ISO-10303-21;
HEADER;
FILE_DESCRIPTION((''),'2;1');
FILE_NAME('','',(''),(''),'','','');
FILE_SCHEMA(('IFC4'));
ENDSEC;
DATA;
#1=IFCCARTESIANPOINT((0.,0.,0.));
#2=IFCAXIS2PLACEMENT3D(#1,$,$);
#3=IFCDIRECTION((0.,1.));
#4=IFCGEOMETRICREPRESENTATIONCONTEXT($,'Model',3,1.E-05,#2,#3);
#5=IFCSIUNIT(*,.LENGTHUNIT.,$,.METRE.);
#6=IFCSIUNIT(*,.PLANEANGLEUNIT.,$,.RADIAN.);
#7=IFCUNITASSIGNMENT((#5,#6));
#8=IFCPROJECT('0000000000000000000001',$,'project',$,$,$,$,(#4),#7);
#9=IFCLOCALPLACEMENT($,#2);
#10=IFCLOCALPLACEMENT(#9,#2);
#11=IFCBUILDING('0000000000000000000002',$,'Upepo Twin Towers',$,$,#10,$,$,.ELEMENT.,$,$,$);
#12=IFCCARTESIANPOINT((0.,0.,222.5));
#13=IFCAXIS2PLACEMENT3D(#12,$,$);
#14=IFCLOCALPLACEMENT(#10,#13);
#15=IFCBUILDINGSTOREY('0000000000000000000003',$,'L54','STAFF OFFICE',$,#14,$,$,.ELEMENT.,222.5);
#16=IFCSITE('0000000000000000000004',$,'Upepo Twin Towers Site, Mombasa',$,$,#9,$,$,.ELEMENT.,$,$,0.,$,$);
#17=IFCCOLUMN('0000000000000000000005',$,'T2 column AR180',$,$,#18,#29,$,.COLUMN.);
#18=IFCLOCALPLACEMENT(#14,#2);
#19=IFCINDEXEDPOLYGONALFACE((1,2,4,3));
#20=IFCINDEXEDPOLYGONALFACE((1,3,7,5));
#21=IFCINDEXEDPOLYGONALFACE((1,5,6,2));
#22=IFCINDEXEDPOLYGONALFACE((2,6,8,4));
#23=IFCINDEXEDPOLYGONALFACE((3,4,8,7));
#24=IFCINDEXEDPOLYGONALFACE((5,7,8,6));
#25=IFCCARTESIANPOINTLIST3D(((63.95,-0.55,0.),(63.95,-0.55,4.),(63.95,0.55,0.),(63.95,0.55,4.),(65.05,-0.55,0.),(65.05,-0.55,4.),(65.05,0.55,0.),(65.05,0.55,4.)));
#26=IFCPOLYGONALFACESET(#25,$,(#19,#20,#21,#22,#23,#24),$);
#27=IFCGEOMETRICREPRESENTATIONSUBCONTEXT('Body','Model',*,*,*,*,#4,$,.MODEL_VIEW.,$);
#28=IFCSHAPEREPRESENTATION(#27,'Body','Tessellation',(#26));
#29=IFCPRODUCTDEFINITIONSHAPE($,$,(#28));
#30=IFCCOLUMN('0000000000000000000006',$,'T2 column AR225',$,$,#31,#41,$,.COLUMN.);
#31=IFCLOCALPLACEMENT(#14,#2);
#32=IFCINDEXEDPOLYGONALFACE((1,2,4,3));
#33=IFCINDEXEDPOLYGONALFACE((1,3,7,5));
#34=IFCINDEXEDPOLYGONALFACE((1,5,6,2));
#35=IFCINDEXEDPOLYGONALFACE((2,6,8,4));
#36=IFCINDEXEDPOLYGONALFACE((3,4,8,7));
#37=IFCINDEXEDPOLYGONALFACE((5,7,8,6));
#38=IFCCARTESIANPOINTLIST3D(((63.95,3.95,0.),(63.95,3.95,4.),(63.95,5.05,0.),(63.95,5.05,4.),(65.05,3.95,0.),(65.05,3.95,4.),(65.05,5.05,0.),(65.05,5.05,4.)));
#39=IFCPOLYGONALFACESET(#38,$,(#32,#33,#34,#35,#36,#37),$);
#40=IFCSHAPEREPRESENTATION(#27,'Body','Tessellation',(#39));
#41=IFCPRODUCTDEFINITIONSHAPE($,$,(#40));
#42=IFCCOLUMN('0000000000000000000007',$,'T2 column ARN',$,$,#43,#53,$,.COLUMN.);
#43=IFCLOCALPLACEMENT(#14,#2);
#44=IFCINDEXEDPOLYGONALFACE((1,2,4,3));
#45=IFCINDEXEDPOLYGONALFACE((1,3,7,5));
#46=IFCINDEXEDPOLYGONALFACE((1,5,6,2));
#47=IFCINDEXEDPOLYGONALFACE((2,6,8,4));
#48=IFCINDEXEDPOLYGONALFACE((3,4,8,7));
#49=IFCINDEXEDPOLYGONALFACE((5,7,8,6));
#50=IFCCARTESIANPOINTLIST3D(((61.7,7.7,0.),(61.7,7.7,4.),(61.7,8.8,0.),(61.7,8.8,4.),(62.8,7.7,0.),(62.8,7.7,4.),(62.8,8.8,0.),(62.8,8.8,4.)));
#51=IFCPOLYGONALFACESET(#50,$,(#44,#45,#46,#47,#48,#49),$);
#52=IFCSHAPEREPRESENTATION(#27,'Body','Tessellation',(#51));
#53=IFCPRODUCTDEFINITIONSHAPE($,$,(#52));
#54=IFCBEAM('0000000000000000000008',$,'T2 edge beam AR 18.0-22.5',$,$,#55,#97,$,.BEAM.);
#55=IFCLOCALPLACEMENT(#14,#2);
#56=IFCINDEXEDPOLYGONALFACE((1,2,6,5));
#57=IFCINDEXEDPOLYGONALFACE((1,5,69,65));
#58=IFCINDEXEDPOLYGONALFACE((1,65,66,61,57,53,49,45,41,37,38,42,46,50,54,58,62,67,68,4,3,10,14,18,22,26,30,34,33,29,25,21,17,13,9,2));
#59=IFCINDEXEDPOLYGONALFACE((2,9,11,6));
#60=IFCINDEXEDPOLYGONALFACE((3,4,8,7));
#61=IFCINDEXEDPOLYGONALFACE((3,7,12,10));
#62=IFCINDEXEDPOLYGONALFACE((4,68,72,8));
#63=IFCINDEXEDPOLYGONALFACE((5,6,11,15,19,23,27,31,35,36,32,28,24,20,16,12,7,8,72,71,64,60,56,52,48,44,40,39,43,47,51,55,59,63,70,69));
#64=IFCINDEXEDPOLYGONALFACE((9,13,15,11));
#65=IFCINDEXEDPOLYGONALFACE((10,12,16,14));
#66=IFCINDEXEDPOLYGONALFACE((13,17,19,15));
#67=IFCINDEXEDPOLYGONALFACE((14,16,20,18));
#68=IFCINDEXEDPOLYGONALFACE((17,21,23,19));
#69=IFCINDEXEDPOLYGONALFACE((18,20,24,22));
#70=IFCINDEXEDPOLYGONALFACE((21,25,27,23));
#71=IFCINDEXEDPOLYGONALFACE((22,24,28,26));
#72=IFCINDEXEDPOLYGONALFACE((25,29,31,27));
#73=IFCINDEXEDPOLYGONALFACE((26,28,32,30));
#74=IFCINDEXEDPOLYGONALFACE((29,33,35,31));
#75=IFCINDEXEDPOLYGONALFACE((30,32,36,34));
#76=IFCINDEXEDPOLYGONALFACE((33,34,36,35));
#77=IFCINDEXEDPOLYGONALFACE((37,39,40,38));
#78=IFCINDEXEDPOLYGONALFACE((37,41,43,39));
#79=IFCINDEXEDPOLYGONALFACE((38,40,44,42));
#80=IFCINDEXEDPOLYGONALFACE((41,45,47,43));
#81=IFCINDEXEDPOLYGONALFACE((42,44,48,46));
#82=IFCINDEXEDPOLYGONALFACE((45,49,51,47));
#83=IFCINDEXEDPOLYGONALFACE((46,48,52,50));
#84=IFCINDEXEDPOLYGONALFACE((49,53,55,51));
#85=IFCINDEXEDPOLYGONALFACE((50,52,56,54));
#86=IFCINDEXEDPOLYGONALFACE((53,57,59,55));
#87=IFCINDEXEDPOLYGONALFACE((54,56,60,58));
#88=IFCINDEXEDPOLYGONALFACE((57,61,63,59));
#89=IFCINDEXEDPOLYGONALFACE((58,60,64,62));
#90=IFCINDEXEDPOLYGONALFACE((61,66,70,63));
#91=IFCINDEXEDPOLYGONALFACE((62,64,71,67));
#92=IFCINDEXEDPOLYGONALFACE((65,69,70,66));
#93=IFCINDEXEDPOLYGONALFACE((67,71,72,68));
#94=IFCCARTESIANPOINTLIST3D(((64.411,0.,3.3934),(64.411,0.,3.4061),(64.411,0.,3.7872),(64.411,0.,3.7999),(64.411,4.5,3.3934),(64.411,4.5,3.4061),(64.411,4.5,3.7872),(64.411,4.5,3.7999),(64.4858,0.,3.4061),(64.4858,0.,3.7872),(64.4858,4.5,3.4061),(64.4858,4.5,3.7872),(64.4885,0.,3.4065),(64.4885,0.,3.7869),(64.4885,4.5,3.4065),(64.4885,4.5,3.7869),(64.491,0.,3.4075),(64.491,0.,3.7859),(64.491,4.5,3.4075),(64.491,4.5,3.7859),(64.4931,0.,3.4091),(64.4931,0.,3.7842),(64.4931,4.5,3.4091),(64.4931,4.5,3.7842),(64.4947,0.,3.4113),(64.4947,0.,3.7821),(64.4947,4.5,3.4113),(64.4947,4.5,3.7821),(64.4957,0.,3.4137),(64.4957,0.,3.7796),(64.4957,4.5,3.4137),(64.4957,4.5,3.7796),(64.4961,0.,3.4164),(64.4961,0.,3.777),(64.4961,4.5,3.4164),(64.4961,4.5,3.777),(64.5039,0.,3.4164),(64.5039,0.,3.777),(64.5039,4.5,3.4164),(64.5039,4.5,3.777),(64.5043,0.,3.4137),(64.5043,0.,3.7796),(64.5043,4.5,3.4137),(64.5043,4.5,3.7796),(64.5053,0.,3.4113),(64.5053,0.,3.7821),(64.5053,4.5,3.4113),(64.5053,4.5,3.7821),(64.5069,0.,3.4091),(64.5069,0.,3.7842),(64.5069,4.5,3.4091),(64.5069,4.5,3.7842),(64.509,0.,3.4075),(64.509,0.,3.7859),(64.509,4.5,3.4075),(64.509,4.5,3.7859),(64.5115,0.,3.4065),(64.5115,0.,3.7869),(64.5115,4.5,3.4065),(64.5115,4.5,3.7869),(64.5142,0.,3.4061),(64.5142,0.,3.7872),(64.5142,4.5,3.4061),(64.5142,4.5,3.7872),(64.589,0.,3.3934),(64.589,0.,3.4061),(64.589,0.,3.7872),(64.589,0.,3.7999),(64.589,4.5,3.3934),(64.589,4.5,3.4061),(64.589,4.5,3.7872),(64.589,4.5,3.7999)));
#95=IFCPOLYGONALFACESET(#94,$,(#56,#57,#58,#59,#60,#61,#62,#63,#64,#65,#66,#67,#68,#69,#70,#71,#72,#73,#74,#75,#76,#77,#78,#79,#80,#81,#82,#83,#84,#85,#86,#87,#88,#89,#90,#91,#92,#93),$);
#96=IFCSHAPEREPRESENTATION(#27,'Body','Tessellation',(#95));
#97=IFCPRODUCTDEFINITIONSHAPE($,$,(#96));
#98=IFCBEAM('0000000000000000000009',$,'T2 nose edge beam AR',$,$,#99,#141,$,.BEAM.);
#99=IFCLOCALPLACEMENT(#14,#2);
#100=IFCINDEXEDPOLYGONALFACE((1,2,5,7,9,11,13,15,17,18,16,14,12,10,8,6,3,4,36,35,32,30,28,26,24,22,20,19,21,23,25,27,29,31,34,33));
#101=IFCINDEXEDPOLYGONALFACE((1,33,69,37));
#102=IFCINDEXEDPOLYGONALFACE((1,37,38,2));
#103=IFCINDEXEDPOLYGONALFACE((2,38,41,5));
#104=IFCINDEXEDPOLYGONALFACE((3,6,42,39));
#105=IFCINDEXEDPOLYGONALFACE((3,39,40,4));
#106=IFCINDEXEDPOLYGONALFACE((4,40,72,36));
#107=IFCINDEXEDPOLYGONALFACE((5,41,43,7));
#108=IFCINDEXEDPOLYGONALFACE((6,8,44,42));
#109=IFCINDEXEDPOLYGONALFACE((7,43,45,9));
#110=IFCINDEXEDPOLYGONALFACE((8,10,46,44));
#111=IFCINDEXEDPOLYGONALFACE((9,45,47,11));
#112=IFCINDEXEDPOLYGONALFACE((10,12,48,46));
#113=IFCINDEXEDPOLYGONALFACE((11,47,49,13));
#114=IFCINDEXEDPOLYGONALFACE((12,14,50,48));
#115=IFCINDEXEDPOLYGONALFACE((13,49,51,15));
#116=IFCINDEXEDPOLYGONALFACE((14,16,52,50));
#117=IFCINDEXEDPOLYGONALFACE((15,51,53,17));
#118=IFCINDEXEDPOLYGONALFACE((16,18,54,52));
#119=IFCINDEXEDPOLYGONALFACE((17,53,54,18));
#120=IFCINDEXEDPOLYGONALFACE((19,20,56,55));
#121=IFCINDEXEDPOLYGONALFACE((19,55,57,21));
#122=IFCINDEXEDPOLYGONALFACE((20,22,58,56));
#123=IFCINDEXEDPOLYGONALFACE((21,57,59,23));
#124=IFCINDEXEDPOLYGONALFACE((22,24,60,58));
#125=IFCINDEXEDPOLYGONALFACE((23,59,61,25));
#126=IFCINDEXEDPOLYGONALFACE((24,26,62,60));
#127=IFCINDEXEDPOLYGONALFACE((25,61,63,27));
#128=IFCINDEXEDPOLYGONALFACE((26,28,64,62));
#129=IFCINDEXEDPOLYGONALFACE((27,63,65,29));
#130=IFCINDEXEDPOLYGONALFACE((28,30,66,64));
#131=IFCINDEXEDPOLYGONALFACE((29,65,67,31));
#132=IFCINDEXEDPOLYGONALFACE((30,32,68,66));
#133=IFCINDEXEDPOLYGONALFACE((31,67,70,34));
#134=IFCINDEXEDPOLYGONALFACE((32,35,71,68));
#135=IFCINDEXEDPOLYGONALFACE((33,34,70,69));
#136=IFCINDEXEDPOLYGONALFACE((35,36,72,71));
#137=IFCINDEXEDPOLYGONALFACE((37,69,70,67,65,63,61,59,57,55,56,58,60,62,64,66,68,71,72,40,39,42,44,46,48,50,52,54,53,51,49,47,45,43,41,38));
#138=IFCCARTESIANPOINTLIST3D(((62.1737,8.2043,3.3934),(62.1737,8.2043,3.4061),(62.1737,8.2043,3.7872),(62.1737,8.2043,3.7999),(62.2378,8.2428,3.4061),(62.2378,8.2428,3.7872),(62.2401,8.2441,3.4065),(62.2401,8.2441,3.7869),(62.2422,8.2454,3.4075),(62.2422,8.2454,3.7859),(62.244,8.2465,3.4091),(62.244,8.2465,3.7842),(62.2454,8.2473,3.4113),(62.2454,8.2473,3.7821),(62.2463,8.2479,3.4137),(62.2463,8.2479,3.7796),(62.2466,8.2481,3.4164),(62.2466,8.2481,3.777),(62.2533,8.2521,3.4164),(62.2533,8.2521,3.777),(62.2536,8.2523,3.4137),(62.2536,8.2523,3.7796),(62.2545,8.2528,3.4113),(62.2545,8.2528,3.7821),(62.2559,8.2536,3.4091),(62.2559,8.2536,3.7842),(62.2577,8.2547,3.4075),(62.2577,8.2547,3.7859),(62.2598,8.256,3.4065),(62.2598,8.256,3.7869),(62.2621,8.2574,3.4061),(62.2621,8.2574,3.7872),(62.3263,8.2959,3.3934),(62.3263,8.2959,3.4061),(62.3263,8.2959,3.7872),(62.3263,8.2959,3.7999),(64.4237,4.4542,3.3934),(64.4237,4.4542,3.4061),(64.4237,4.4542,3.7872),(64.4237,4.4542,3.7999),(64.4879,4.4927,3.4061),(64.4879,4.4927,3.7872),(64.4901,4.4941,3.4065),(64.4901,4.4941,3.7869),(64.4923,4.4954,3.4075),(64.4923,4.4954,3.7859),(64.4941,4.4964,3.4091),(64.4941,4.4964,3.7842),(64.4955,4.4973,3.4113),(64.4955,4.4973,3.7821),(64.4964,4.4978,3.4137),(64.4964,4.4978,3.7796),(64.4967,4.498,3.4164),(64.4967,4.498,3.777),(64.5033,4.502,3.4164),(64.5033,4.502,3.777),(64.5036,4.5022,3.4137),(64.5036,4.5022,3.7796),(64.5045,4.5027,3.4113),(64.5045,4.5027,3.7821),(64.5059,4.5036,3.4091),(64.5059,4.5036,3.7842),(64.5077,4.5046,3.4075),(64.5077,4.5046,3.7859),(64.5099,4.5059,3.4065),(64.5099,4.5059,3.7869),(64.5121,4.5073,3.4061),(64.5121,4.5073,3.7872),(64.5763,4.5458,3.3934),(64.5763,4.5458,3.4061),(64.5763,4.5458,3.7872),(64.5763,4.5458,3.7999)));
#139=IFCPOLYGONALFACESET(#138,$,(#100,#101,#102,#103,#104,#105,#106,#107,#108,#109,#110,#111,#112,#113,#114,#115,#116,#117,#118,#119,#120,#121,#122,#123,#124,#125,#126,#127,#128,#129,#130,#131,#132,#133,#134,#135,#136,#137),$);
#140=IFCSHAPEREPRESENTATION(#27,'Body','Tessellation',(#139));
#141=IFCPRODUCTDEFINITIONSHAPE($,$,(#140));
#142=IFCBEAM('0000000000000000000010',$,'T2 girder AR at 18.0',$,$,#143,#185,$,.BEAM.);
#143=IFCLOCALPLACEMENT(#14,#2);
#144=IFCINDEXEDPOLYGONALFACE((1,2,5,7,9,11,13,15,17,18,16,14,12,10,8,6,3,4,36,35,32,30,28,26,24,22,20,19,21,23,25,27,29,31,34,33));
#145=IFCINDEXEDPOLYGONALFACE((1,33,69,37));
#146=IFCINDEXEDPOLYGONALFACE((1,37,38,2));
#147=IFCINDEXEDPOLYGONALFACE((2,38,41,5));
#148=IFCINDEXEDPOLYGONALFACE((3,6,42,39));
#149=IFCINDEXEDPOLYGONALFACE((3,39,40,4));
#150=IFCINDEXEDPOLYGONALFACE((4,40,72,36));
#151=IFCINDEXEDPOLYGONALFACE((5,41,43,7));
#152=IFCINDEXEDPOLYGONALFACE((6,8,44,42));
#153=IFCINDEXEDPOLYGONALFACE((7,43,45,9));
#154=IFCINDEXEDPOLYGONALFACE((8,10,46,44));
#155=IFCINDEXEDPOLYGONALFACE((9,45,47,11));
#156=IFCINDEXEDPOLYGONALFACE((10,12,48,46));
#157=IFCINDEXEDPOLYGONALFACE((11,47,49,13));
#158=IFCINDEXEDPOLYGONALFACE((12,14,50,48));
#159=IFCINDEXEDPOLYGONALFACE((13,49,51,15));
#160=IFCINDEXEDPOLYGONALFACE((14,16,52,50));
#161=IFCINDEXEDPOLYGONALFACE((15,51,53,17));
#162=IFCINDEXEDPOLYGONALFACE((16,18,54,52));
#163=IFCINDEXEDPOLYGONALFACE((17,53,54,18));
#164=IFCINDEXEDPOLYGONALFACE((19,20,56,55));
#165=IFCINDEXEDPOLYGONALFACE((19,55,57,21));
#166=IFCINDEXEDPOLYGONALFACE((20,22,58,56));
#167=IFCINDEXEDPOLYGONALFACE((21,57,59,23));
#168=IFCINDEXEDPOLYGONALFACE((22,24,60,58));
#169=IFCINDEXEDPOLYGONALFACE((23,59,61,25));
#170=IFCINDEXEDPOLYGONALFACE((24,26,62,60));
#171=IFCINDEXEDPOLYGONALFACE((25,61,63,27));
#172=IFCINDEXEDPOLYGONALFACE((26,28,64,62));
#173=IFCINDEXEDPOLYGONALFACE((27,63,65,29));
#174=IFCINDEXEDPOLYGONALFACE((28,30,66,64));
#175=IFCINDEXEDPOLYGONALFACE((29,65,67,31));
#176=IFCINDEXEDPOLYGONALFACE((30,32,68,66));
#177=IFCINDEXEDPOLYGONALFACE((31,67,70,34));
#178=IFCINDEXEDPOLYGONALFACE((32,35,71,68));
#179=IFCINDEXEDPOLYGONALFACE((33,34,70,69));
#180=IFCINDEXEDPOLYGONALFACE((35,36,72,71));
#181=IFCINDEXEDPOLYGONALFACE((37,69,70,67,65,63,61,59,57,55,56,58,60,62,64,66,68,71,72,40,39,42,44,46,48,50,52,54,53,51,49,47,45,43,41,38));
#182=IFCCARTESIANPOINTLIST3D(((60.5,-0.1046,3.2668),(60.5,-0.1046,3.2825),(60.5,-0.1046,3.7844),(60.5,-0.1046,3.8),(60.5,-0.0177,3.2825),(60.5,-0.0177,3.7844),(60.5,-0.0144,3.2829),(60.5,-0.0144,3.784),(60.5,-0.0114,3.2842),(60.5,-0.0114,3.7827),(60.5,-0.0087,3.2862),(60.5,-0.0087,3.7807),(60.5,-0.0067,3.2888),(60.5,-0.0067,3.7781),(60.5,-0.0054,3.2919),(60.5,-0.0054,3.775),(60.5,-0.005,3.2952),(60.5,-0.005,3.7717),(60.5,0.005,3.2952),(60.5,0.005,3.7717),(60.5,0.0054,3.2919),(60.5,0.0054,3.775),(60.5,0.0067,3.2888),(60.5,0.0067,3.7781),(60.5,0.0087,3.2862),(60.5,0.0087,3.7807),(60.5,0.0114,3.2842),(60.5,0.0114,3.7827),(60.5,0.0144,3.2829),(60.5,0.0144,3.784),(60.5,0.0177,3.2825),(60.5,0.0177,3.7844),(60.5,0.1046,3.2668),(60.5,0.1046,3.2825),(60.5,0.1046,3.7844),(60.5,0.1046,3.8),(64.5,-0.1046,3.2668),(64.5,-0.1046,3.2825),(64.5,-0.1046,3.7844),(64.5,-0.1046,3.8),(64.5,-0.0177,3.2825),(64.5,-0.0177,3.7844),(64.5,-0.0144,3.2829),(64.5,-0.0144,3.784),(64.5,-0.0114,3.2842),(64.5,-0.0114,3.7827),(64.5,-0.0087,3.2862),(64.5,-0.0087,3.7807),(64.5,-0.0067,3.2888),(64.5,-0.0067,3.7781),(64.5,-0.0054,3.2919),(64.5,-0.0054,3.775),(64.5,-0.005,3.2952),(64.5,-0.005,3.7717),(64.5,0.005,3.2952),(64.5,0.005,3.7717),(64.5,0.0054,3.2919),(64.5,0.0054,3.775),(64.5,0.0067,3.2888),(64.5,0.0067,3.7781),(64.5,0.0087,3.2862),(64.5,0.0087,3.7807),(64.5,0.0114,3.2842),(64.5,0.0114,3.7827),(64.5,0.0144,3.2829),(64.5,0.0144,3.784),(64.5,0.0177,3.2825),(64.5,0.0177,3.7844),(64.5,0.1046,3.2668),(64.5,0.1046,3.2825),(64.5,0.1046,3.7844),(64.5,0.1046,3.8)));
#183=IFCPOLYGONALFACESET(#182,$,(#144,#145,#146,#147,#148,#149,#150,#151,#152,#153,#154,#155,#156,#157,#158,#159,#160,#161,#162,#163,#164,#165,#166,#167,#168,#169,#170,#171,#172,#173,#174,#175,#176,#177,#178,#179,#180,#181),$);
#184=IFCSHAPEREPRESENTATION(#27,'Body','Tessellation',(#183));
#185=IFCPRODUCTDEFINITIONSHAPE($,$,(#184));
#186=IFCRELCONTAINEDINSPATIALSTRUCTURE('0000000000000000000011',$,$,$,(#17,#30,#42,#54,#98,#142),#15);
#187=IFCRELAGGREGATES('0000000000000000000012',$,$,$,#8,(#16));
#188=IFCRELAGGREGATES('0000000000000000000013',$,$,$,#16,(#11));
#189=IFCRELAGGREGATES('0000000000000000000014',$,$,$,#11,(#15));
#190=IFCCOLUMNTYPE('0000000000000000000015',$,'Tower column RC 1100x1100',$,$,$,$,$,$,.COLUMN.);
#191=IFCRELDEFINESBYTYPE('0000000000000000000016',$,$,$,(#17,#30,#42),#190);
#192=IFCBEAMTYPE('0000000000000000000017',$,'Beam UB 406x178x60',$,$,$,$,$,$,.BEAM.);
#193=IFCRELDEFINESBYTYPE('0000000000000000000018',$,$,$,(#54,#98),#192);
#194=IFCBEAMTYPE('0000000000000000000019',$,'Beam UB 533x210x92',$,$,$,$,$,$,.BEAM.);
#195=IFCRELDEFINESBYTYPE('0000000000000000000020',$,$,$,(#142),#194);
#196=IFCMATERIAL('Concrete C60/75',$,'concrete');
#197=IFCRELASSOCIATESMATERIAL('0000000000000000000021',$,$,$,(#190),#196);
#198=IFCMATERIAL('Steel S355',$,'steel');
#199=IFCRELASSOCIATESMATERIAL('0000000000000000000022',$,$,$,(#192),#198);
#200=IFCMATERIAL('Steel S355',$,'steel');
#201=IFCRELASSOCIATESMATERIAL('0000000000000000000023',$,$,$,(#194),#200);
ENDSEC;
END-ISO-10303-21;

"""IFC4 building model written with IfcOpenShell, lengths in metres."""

from ifc_helpers import new_model, si_unit, direction, frame, origin, origin_2d, place, context, subcontext, project, spatial, rectangle, i_section, extrude, material, material_profile, profile_set, type_object, element, save


model = new_model("IFC4")

# Units and contexts
model_context = context("Model", 3, precision=1e-05, world=origin(), true_north=direction((0.0, 1.0)))
body_context = subcontext(model_context, "Body", "Model", "MODEL_VIEW")
ifc_project = project(units=[si_unit("LENGTHUNIT", "METRE"), si_unit("PLANEANGLEUNIT", "RADIAN")], contexts=[model_context])

# Site, building, storey
site_placement = place(None, origin())
site = spatial("IfcSite", under=ifc_project, at=site_placement, Name="Upepo Twin Towers Site, Mombasa", CompositionType="ELEMENT", RefElevation=0.0)
building_placement = place(site_placement, origin())
building = spatial("IfcBuilding", under=site, at=building_placement, Name="Upepo Twin Towers", CompositionType="ELEMENT")
storey_placement = place(building_placement, frame((0.0, 0.0, 222.5)))
storey = spatial("IfcBuildingStorey", under=building, at=storey_placement, Name="L54", Description="STAFF OFFICE", CompositionType="ELEMENT", Elevation=222.5)

# Columns
ifc_material_1 = material(Name="Concrete C60/75", Category="concrete")
ifc_material_profile_1 = material_profile(ifc_material_1, rectangle(XDim=1.1001, YDim=1.1001, at=origin_2d()), Name="RC 1100x1100")
ifc_profile_set_1 = profile_set([ifc_material_profile_1], Name="Concrete C60/75")
column_type = type_object("IfcColumnType", Name="Tower column RC 1100x1100", PredefinedType="COLUMN", material=ifc_profile_set_1)
for number, where, z_axis, x_axis, name in (
    (1, (64.5, 0.0, 0.0), (0.0, 0.0, 1.0), (1.0, 0.0, 0.0), "T2 column AR180"),
    (2, (64.5, 4.5, 0.0), (0.0, 0.0, 1.0), (1.0, 0.0, 0.0), "T2 column AR225"),
    (3, (62.25, 8.25, 0.0), (0.0, 0.0, 1.0), (1.0, 0.0, 0.0), "T2 column ARN"),
):
    element("IfcColumn", number, at=place(storey_placement, frame(where, z_axis=z_axis, x_axis=x_axis)), inside=storey, type_object=column_type, Name=name, PredefinedType="COLUMN", context=body_context, shape_type="SweptSolid", body=[
        extrude(rectangle(XDim=1.1001, YDim=1.1001, at=origin_2d()), origin(), (0.0, 0.0, 1.0), 4.0),
    ])

# Beams
ifc_material_2 = material(Name="Steel S355", Category="steel")
ifc_material_profile_2 = material_profile(ifc_material_2, i_section(OverallWidth=0.178, OverallDepth=0.4065, WebThickness=0.0078, FlangeThickness=0.0127, FilletRadius=0.0103, at=origin_2d()), Name="UB 406x178x60")
ifc_profile_set_2 = profile_set([ifc_material_profile_2], Name="Steel S355")
beam_type_1 = type_object("IfcBeamType", Name="Beam UB 406x178x60", PredefinedType="BEAM", material=ifc_profile_set_2)
beam_1_placement = place(storey_placement, frame((64.5, 0.0, 3.5967), z_axis=(0.0, 1.0, 0.0), x_axis=(-1.0, 0.0, 0.0)))
element("IfcBeam", 4, at=beam_1_placement, inside=storey, type_object=beam_type_1, Name="T2 edge beam AR 18.0-22.5", PredefinedType="BEAM", context=body_context, shape_type="SweptSolid", body=[
    extrude(i_section(OverallWidth=0.178, OverallDepth=0.4065, WebThickness=0.0078, FlangeThickness=0.0127, FilletRadius=0.0103, at=origin_2d()), origin(), (0.0, 0.0, 1.0), 4.5),
])
beam_2_placement = place(storey_placement, frame((64.5, 4.5, 3.5967), z_axis=(-0.514496, 0.857493, 0.0), x_axis=(-0.857493, -0.514496, 0.0)))
element("IfcBeam", 5, at=beam_2_placement, inside=storey, type_object=beam_type_1, Name="T2 nose edge beam AR", PredefinedType="BEAM", context=body_context, shape_type="SweptSolid", body=[
    extrude(i_section(OverallWidth=0.178, OverallDepth=0.4065, WebThickness=0.0078, FlangeThickness=0.0127, FilletRadius=0.0103, at=origin_2d()), origin(), (0.0, 0.0, 1.0), 4.3733),
])
ifc_material_3 = material(Name="Steel S355", Category="steel")
ifc_material_profile_3 = material_profile(ifc_material_3, i_section(OverallWidth=0.2092, OverallDepth=0.5332, WebThickness=0.01, FlangeThickness=0.0156, FilletRadius=0.0127, at=origin_2d()), Name="UB 533x210x92")
ifc_profile_set_3 = profile_set([ifc_material_profile_3], Name="Steel S355")
beam_type_2 = type_object("IfcBeamType", Name="Beam UB 533x210x92", PredefinedType="BEAM", material=ifc_profile_set_3)
for number, where, z_axis, x_axis, name in (
    (6, (64.5, 0.0, 3.5334), (-1.0, 0.0, 0.0), (0.0, -1.0, 0.0), "T2 girder AR at 18.0"),
):
    element("IfcBeam", number, at=place(storey_placement, frame(where, z_axis=z_axis, x_axis=x_axis)), inside=storey, type_object=beam_type_2, Name=name, PredefinedType="BEAM", context=body_context, shape_type="SweptSolid", body=[
        extrude(i_section(OverallWidth=0.2092, OverallDepth=0.5332, WebThickness=0.01, FlangeThickness=0.0156, FilletRadius=0.0127, at=origin_2d()), origin(), (0.0, 0.0, 1.0), 4.0),
    ])

save(model, "model.ifc")
